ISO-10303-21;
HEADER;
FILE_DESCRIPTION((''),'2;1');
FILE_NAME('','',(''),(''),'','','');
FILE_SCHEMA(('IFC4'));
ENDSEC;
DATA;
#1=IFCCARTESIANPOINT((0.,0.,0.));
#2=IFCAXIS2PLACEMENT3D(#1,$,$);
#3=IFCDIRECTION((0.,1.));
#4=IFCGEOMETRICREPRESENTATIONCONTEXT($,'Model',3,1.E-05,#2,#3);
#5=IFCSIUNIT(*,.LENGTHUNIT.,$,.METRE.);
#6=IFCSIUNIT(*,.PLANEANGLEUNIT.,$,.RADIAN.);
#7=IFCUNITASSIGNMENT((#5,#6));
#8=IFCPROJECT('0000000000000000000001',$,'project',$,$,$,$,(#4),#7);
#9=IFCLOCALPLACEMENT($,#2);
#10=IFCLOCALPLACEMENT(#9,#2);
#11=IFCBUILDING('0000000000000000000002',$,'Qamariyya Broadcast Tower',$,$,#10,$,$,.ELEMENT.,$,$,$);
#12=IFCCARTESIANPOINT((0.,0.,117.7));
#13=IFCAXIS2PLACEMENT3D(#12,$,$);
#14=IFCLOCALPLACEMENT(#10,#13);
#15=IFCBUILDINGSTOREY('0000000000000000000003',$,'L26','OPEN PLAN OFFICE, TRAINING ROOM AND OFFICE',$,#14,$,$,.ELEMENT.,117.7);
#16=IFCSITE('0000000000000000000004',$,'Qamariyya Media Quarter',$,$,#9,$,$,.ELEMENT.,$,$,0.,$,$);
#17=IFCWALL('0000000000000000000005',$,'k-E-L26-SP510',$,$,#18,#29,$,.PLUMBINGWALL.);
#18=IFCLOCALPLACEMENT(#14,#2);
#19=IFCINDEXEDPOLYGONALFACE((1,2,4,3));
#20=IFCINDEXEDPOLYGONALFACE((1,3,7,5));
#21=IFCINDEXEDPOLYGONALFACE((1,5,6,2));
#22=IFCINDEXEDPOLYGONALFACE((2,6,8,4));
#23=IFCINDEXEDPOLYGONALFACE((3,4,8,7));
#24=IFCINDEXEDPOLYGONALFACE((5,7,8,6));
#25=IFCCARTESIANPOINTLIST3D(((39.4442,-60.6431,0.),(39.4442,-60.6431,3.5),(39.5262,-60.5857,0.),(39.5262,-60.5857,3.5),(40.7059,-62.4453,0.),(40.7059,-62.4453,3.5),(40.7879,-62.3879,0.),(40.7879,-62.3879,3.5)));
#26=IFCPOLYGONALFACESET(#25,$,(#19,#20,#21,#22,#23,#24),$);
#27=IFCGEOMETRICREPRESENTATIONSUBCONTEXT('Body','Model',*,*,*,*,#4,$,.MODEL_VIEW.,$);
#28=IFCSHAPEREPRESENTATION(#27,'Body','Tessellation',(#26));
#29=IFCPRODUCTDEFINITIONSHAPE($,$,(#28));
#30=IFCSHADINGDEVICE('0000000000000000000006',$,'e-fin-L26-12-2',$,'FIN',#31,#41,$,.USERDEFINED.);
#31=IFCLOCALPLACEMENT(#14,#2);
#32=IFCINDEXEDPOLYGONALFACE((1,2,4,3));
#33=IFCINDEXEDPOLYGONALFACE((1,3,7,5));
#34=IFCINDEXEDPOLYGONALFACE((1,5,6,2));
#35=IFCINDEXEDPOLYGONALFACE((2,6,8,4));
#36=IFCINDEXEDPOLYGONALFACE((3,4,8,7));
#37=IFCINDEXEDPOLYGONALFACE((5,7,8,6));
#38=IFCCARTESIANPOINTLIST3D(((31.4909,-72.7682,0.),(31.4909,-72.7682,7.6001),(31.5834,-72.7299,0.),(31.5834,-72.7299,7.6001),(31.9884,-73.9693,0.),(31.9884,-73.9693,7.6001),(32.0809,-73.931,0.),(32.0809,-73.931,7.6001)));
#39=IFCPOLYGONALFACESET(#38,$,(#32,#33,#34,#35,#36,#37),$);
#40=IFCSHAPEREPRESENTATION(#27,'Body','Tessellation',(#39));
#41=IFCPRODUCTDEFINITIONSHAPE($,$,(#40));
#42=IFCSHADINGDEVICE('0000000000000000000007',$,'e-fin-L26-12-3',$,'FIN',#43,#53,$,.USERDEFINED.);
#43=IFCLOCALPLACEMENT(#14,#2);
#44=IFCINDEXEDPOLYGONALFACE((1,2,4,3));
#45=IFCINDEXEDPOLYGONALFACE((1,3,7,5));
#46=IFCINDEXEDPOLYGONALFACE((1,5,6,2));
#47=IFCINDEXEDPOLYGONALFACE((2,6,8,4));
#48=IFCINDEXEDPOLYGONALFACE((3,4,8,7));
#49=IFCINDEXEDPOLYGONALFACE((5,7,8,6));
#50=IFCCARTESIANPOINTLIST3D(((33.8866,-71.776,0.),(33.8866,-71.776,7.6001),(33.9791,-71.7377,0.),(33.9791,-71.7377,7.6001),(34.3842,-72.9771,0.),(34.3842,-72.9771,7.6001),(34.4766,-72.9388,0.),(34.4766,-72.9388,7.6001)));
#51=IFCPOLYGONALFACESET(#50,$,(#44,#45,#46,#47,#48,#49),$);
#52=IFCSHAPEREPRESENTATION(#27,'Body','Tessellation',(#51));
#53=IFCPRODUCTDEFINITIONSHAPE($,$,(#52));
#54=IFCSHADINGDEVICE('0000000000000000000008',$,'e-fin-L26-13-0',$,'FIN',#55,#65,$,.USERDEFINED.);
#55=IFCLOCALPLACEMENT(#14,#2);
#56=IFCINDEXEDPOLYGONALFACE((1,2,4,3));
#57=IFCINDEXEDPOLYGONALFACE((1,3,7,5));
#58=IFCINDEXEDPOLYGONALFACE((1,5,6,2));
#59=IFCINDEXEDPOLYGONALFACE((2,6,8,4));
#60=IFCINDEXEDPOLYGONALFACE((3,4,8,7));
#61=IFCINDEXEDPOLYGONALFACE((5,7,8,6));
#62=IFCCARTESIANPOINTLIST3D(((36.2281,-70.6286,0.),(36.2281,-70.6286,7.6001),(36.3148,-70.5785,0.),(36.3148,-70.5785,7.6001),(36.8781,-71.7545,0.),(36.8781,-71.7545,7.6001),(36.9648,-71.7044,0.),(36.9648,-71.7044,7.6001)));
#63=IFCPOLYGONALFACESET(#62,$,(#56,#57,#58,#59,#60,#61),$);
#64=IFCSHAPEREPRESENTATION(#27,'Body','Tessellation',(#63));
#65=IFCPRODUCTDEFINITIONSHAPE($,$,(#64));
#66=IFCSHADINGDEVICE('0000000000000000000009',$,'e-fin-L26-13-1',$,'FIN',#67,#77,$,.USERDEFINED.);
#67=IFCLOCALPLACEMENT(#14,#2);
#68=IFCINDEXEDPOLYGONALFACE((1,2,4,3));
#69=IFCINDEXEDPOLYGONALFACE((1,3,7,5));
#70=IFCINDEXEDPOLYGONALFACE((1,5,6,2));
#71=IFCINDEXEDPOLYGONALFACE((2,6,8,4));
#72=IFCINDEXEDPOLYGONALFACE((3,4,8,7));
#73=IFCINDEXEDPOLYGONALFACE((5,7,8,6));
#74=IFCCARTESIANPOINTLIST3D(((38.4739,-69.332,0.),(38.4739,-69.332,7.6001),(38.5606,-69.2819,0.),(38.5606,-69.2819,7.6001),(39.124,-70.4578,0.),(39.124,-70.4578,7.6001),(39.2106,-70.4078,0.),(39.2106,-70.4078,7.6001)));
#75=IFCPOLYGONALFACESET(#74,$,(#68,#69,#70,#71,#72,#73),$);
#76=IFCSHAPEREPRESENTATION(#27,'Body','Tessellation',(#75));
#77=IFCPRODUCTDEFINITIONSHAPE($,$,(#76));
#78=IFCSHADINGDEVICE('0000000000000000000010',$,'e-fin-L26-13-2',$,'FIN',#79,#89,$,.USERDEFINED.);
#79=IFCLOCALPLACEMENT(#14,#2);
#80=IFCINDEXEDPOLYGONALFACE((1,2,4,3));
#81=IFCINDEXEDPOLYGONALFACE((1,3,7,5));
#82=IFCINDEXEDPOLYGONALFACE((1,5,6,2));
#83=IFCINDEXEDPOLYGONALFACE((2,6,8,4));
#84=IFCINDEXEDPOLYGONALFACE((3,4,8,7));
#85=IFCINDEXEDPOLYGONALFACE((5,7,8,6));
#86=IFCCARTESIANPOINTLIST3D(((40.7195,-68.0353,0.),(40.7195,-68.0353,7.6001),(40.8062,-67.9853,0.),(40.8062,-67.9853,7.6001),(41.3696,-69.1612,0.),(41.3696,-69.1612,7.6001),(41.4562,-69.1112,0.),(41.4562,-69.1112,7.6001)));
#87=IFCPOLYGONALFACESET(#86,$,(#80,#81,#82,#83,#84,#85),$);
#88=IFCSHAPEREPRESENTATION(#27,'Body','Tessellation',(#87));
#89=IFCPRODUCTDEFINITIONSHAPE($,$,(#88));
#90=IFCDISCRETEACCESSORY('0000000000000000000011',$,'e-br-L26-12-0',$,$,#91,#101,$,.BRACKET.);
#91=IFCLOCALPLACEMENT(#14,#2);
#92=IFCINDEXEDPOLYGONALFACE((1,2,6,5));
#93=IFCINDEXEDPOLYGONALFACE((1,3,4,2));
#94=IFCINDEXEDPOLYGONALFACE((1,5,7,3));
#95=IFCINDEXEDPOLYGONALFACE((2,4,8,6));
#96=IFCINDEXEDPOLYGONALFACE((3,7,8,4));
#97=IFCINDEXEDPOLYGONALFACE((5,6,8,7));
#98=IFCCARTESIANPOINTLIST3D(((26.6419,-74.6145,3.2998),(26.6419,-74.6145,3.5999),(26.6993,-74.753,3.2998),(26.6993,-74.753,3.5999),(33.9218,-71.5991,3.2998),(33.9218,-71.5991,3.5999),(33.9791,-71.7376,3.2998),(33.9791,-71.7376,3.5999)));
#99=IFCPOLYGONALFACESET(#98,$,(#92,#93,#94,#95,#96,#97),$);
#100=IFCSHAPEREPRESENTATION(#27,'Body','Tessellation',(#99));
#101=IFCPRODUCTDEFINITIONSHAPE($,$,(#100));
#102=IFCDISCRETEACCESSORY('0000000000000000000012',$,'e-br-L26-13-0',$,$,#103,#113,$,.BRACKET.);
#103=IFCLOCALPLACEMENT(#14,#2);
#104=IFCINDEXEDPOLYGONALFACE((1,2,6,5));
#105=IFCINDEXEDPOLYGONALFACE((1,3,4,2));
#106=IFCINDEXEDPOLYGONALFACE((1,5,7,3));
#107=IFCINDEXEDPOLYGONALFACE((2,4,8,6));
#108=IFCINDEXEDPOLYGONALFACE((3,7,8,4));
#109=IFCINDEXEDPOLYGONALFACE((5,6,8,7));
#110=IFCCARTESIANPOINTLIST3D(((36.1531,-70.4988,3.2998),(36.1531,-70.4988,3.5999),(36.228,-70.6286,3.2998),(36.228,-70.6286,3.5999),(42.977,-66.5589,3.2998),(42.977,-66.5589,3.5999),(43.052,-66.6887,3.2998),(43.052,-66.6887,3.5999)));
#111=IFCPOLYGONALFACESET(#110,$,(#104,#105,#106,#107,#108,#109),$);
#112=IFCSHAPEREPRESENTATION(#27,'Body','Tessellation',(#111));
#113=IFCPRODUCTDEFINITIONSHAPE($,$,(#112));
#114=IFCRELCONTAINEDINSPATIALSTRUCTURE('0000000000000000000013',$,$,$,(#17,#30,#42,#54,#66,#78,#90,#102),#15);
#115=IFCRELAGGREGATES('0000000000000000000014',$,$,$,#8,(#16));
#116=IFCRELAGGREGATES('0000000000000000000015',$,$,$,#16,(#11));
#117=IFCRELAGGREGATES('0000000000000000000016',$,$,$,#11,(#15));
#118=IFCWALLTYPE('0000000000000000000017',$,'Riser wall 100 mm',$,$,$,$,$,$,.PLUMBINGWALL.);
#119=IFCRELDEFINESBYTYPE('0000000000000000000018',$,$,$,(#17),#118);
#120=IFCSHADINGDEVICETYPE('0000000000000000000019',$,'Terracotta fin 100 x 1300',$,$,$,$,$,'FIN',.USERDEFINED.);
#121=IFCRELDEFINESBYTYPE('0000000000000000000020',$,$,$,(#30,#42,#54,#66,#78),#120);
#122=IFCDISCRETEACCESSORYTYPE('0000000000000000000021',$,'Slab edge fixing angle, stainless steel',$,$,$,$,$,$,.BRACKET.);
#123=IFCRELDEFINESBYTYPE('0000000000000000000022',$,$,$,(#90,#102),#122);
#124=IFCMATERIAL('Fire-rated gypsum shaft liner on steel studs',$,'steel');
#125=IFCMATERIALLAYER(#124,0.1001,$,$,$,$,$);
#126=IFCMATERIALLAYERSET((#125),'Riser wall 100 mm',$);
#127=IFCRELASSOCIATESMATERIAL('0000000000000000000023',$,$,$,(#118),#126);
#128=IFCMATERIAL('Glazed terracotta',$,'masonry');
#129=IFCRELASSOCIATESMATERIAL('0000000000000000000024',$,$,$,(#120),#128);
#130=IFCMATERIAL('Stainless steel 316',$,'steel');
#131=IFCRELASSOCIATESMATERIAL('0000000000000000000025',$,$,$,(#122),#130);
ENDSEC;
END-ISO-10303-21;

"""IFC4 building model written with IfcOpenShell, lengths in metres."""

from ifc_helpers import new_model, si_unit, direction, frame, frame_2d, origin, origin_2d, place, context, subcontext, project, spatial, rectangle, extrude, material, layer, layer_set, material_profile, profile_set, type_object, element, save


model = new_model("IFC4")

# Units and contexts
model_context = context("Model", 3, precision=1e-05, world=origin(), true_north=direction((0.0, 1.0)))
body_context = subcontext(model_context, "Body", "Model", "MODEL_VIEW")
ifc_project = project(units=[si_unit("LENGTHUNIT", "METRE"), si_unit("PLANEANGLEUNIT", "RADIAN")], contexts=[model_context])

# Site, building, storey
site_placement = place(None, origin())
site = spatial("IfcSite", under=ifc_project, at=site_placement, Name="Qamariyya Media Quarter", CompositionType="ELEMENT", RefElevation=0.0)
building_placement = place(site_placement, origin())
building = spatial("IfcBuilding", under=site, at=building_placement, Name="Qamariyya Broadcast Tower", CompositionType="ELEMENT")
storey_placement = place(building_placement, frame((0.0, 0.0, 117.7)))
storey = spatial("IfcBuildingStorey", under=building, at=storey_placement, Name="L26", Description="OPEN PLAN OFFICE, TRAINING ROOM AND OFFICE", CompositionType="ELEMENT", Elevation=117.7)

# Wall
ifc_material_1 = material(Name="Fire-rated gypsum shaft liner on steel studs", Category="steel")
ifc_layer_1 = layer(ifc_material_1, 0.1001)
ifc_layer_set_1 = layer_set([ifc_layer_1], Name="Riser wall 100 mm")
wall_type_1 = type_object("IfcWallType", Name="Riser wall 100 mm", PredefinedType="PLUMBINGWALL", material=ifc_layer_set_1)
wall_1_placement = place(storey_placement, frame((39.4851, -60.6143, 0.0), z_axis=(0.0, 0.0, 1.0), x_axis=(0.573507, -0.819201, 0.0)))
element("IfcWall", 1, at=wall_1_placement, inside=storey, type_object=wall_type_1, Name="k-E-L26-SP510", PredefinedType="PLUMBINGWALL", context=body_context, shape_type="SweptSolid", body=[
    extrude(rectangle(XDim=2.2, YDim=0.1001, at=frame_2d((1.1001, 0.0))), origin(), (0.0, 0.0, 1.0), 3.5),
])

# Shading devices
ifc_material_2 = material(Name="Glazed terracotta", Category="masonry")
ifc_material_profile_1 = material_profile(ifc_material_2, rectangle(XDim=1.3, YDim=0.1001, at=origin_2d()))
ifc_profile_set_1 = profile_set([ifc_material_profile_1], Name="Glazed terracotta")
shading_device_type_1 = type_object("IfcShadingDeviceType", Name="Terracotta fin 100 x 1300", ElementType="FIN", PredefinedType="USERDEFINED", material=ifc_profile_set_1)
for number, where, z_axis, x_axis, name in (
    (2, (31.7859, -73.3496, 0.0), (0.0, 0.0, 1.0), (0.382683, -0.92388, 0.0), "e-fin-L26-12-2"),
    (3, (34.1816, -72.3574, 0.0), (0.0, 0.0, 1.0), (0.382683, -0.92388, 0.0), "e-fin-L26-12-3"),
    (4, (36.5964, -71.1665, 0.0), (0.0, 0.0, 1.0), (0.5, -0.866025, 0.0), "e-fin-L26-13-0"),
    (5, (38.8423, -69.8699, 0.0), (0.0, 0.0, 1.0), (0.5, -0.866025, 0.0), "e-fin-L26-13-1"),
    (6, (41.0879, -68.5732, 0.0), (0.0, 0.0, 1.0), (0.5, -0.866025, 0.0), "e-fin-L26-13-2"),
):
    element("IfcShadingDevice", number, at=place(storey_placement, frame(where, z_axis=z_axis, x_axis=x_axis)), inside=storey, type_object=shading_device_type_1, Name=name, ObjectType="FIN", PredefinedType="USERDEFINED", context=body_context, shape_type="SweptSolid", body=[
        extrude(rectangle(XDim=1.3, YDim=0.1001, at=origin_2d()), origin(), (0.0, 0.0, 1.0), 7.6001),
    ])

# Discrete accessories
ifc_material_3 = material(Name="Stainless steel 316", Category="steel")
discrete_accessory_type = type_object("IfcDiscreteAccessoryType", Name="Slab edge fixing angle, stainless steel", PredefinedType="BRACKET", material=ifc_material_3)
for number, where, z_axis, x_axis, name in (
    (7, (30.3105, -73.176, 3.2998), (0.0, 0.0, 1.0), (0.92388, 0.382683, 0.0), "e-br-L26-12-0"),
    (8, (39.6025, -68.5938, 3.2998), (0.0, 0.0, 1.0), (0.866025, 0.5, 0.0), "e-br-L26-13-0"),
):
    element("IfcDiscreteAccessory", number, at=place(storey_placement, frame(where, z_axis=z_axis, x_axis=x_axis)), inside=storey, type_object=discrete_accessory_type, Name=name, PredefinedType="BRACKET", context=body_context, shape_type="SweptSolid", body=[
        extrude(rectangle(XDim=7.8796, YDim=0.1499, at=origin_2d()), origin(), (0.0, 0.0, 1.0), 0.3),
    ])

save(model, "model.ifc")
